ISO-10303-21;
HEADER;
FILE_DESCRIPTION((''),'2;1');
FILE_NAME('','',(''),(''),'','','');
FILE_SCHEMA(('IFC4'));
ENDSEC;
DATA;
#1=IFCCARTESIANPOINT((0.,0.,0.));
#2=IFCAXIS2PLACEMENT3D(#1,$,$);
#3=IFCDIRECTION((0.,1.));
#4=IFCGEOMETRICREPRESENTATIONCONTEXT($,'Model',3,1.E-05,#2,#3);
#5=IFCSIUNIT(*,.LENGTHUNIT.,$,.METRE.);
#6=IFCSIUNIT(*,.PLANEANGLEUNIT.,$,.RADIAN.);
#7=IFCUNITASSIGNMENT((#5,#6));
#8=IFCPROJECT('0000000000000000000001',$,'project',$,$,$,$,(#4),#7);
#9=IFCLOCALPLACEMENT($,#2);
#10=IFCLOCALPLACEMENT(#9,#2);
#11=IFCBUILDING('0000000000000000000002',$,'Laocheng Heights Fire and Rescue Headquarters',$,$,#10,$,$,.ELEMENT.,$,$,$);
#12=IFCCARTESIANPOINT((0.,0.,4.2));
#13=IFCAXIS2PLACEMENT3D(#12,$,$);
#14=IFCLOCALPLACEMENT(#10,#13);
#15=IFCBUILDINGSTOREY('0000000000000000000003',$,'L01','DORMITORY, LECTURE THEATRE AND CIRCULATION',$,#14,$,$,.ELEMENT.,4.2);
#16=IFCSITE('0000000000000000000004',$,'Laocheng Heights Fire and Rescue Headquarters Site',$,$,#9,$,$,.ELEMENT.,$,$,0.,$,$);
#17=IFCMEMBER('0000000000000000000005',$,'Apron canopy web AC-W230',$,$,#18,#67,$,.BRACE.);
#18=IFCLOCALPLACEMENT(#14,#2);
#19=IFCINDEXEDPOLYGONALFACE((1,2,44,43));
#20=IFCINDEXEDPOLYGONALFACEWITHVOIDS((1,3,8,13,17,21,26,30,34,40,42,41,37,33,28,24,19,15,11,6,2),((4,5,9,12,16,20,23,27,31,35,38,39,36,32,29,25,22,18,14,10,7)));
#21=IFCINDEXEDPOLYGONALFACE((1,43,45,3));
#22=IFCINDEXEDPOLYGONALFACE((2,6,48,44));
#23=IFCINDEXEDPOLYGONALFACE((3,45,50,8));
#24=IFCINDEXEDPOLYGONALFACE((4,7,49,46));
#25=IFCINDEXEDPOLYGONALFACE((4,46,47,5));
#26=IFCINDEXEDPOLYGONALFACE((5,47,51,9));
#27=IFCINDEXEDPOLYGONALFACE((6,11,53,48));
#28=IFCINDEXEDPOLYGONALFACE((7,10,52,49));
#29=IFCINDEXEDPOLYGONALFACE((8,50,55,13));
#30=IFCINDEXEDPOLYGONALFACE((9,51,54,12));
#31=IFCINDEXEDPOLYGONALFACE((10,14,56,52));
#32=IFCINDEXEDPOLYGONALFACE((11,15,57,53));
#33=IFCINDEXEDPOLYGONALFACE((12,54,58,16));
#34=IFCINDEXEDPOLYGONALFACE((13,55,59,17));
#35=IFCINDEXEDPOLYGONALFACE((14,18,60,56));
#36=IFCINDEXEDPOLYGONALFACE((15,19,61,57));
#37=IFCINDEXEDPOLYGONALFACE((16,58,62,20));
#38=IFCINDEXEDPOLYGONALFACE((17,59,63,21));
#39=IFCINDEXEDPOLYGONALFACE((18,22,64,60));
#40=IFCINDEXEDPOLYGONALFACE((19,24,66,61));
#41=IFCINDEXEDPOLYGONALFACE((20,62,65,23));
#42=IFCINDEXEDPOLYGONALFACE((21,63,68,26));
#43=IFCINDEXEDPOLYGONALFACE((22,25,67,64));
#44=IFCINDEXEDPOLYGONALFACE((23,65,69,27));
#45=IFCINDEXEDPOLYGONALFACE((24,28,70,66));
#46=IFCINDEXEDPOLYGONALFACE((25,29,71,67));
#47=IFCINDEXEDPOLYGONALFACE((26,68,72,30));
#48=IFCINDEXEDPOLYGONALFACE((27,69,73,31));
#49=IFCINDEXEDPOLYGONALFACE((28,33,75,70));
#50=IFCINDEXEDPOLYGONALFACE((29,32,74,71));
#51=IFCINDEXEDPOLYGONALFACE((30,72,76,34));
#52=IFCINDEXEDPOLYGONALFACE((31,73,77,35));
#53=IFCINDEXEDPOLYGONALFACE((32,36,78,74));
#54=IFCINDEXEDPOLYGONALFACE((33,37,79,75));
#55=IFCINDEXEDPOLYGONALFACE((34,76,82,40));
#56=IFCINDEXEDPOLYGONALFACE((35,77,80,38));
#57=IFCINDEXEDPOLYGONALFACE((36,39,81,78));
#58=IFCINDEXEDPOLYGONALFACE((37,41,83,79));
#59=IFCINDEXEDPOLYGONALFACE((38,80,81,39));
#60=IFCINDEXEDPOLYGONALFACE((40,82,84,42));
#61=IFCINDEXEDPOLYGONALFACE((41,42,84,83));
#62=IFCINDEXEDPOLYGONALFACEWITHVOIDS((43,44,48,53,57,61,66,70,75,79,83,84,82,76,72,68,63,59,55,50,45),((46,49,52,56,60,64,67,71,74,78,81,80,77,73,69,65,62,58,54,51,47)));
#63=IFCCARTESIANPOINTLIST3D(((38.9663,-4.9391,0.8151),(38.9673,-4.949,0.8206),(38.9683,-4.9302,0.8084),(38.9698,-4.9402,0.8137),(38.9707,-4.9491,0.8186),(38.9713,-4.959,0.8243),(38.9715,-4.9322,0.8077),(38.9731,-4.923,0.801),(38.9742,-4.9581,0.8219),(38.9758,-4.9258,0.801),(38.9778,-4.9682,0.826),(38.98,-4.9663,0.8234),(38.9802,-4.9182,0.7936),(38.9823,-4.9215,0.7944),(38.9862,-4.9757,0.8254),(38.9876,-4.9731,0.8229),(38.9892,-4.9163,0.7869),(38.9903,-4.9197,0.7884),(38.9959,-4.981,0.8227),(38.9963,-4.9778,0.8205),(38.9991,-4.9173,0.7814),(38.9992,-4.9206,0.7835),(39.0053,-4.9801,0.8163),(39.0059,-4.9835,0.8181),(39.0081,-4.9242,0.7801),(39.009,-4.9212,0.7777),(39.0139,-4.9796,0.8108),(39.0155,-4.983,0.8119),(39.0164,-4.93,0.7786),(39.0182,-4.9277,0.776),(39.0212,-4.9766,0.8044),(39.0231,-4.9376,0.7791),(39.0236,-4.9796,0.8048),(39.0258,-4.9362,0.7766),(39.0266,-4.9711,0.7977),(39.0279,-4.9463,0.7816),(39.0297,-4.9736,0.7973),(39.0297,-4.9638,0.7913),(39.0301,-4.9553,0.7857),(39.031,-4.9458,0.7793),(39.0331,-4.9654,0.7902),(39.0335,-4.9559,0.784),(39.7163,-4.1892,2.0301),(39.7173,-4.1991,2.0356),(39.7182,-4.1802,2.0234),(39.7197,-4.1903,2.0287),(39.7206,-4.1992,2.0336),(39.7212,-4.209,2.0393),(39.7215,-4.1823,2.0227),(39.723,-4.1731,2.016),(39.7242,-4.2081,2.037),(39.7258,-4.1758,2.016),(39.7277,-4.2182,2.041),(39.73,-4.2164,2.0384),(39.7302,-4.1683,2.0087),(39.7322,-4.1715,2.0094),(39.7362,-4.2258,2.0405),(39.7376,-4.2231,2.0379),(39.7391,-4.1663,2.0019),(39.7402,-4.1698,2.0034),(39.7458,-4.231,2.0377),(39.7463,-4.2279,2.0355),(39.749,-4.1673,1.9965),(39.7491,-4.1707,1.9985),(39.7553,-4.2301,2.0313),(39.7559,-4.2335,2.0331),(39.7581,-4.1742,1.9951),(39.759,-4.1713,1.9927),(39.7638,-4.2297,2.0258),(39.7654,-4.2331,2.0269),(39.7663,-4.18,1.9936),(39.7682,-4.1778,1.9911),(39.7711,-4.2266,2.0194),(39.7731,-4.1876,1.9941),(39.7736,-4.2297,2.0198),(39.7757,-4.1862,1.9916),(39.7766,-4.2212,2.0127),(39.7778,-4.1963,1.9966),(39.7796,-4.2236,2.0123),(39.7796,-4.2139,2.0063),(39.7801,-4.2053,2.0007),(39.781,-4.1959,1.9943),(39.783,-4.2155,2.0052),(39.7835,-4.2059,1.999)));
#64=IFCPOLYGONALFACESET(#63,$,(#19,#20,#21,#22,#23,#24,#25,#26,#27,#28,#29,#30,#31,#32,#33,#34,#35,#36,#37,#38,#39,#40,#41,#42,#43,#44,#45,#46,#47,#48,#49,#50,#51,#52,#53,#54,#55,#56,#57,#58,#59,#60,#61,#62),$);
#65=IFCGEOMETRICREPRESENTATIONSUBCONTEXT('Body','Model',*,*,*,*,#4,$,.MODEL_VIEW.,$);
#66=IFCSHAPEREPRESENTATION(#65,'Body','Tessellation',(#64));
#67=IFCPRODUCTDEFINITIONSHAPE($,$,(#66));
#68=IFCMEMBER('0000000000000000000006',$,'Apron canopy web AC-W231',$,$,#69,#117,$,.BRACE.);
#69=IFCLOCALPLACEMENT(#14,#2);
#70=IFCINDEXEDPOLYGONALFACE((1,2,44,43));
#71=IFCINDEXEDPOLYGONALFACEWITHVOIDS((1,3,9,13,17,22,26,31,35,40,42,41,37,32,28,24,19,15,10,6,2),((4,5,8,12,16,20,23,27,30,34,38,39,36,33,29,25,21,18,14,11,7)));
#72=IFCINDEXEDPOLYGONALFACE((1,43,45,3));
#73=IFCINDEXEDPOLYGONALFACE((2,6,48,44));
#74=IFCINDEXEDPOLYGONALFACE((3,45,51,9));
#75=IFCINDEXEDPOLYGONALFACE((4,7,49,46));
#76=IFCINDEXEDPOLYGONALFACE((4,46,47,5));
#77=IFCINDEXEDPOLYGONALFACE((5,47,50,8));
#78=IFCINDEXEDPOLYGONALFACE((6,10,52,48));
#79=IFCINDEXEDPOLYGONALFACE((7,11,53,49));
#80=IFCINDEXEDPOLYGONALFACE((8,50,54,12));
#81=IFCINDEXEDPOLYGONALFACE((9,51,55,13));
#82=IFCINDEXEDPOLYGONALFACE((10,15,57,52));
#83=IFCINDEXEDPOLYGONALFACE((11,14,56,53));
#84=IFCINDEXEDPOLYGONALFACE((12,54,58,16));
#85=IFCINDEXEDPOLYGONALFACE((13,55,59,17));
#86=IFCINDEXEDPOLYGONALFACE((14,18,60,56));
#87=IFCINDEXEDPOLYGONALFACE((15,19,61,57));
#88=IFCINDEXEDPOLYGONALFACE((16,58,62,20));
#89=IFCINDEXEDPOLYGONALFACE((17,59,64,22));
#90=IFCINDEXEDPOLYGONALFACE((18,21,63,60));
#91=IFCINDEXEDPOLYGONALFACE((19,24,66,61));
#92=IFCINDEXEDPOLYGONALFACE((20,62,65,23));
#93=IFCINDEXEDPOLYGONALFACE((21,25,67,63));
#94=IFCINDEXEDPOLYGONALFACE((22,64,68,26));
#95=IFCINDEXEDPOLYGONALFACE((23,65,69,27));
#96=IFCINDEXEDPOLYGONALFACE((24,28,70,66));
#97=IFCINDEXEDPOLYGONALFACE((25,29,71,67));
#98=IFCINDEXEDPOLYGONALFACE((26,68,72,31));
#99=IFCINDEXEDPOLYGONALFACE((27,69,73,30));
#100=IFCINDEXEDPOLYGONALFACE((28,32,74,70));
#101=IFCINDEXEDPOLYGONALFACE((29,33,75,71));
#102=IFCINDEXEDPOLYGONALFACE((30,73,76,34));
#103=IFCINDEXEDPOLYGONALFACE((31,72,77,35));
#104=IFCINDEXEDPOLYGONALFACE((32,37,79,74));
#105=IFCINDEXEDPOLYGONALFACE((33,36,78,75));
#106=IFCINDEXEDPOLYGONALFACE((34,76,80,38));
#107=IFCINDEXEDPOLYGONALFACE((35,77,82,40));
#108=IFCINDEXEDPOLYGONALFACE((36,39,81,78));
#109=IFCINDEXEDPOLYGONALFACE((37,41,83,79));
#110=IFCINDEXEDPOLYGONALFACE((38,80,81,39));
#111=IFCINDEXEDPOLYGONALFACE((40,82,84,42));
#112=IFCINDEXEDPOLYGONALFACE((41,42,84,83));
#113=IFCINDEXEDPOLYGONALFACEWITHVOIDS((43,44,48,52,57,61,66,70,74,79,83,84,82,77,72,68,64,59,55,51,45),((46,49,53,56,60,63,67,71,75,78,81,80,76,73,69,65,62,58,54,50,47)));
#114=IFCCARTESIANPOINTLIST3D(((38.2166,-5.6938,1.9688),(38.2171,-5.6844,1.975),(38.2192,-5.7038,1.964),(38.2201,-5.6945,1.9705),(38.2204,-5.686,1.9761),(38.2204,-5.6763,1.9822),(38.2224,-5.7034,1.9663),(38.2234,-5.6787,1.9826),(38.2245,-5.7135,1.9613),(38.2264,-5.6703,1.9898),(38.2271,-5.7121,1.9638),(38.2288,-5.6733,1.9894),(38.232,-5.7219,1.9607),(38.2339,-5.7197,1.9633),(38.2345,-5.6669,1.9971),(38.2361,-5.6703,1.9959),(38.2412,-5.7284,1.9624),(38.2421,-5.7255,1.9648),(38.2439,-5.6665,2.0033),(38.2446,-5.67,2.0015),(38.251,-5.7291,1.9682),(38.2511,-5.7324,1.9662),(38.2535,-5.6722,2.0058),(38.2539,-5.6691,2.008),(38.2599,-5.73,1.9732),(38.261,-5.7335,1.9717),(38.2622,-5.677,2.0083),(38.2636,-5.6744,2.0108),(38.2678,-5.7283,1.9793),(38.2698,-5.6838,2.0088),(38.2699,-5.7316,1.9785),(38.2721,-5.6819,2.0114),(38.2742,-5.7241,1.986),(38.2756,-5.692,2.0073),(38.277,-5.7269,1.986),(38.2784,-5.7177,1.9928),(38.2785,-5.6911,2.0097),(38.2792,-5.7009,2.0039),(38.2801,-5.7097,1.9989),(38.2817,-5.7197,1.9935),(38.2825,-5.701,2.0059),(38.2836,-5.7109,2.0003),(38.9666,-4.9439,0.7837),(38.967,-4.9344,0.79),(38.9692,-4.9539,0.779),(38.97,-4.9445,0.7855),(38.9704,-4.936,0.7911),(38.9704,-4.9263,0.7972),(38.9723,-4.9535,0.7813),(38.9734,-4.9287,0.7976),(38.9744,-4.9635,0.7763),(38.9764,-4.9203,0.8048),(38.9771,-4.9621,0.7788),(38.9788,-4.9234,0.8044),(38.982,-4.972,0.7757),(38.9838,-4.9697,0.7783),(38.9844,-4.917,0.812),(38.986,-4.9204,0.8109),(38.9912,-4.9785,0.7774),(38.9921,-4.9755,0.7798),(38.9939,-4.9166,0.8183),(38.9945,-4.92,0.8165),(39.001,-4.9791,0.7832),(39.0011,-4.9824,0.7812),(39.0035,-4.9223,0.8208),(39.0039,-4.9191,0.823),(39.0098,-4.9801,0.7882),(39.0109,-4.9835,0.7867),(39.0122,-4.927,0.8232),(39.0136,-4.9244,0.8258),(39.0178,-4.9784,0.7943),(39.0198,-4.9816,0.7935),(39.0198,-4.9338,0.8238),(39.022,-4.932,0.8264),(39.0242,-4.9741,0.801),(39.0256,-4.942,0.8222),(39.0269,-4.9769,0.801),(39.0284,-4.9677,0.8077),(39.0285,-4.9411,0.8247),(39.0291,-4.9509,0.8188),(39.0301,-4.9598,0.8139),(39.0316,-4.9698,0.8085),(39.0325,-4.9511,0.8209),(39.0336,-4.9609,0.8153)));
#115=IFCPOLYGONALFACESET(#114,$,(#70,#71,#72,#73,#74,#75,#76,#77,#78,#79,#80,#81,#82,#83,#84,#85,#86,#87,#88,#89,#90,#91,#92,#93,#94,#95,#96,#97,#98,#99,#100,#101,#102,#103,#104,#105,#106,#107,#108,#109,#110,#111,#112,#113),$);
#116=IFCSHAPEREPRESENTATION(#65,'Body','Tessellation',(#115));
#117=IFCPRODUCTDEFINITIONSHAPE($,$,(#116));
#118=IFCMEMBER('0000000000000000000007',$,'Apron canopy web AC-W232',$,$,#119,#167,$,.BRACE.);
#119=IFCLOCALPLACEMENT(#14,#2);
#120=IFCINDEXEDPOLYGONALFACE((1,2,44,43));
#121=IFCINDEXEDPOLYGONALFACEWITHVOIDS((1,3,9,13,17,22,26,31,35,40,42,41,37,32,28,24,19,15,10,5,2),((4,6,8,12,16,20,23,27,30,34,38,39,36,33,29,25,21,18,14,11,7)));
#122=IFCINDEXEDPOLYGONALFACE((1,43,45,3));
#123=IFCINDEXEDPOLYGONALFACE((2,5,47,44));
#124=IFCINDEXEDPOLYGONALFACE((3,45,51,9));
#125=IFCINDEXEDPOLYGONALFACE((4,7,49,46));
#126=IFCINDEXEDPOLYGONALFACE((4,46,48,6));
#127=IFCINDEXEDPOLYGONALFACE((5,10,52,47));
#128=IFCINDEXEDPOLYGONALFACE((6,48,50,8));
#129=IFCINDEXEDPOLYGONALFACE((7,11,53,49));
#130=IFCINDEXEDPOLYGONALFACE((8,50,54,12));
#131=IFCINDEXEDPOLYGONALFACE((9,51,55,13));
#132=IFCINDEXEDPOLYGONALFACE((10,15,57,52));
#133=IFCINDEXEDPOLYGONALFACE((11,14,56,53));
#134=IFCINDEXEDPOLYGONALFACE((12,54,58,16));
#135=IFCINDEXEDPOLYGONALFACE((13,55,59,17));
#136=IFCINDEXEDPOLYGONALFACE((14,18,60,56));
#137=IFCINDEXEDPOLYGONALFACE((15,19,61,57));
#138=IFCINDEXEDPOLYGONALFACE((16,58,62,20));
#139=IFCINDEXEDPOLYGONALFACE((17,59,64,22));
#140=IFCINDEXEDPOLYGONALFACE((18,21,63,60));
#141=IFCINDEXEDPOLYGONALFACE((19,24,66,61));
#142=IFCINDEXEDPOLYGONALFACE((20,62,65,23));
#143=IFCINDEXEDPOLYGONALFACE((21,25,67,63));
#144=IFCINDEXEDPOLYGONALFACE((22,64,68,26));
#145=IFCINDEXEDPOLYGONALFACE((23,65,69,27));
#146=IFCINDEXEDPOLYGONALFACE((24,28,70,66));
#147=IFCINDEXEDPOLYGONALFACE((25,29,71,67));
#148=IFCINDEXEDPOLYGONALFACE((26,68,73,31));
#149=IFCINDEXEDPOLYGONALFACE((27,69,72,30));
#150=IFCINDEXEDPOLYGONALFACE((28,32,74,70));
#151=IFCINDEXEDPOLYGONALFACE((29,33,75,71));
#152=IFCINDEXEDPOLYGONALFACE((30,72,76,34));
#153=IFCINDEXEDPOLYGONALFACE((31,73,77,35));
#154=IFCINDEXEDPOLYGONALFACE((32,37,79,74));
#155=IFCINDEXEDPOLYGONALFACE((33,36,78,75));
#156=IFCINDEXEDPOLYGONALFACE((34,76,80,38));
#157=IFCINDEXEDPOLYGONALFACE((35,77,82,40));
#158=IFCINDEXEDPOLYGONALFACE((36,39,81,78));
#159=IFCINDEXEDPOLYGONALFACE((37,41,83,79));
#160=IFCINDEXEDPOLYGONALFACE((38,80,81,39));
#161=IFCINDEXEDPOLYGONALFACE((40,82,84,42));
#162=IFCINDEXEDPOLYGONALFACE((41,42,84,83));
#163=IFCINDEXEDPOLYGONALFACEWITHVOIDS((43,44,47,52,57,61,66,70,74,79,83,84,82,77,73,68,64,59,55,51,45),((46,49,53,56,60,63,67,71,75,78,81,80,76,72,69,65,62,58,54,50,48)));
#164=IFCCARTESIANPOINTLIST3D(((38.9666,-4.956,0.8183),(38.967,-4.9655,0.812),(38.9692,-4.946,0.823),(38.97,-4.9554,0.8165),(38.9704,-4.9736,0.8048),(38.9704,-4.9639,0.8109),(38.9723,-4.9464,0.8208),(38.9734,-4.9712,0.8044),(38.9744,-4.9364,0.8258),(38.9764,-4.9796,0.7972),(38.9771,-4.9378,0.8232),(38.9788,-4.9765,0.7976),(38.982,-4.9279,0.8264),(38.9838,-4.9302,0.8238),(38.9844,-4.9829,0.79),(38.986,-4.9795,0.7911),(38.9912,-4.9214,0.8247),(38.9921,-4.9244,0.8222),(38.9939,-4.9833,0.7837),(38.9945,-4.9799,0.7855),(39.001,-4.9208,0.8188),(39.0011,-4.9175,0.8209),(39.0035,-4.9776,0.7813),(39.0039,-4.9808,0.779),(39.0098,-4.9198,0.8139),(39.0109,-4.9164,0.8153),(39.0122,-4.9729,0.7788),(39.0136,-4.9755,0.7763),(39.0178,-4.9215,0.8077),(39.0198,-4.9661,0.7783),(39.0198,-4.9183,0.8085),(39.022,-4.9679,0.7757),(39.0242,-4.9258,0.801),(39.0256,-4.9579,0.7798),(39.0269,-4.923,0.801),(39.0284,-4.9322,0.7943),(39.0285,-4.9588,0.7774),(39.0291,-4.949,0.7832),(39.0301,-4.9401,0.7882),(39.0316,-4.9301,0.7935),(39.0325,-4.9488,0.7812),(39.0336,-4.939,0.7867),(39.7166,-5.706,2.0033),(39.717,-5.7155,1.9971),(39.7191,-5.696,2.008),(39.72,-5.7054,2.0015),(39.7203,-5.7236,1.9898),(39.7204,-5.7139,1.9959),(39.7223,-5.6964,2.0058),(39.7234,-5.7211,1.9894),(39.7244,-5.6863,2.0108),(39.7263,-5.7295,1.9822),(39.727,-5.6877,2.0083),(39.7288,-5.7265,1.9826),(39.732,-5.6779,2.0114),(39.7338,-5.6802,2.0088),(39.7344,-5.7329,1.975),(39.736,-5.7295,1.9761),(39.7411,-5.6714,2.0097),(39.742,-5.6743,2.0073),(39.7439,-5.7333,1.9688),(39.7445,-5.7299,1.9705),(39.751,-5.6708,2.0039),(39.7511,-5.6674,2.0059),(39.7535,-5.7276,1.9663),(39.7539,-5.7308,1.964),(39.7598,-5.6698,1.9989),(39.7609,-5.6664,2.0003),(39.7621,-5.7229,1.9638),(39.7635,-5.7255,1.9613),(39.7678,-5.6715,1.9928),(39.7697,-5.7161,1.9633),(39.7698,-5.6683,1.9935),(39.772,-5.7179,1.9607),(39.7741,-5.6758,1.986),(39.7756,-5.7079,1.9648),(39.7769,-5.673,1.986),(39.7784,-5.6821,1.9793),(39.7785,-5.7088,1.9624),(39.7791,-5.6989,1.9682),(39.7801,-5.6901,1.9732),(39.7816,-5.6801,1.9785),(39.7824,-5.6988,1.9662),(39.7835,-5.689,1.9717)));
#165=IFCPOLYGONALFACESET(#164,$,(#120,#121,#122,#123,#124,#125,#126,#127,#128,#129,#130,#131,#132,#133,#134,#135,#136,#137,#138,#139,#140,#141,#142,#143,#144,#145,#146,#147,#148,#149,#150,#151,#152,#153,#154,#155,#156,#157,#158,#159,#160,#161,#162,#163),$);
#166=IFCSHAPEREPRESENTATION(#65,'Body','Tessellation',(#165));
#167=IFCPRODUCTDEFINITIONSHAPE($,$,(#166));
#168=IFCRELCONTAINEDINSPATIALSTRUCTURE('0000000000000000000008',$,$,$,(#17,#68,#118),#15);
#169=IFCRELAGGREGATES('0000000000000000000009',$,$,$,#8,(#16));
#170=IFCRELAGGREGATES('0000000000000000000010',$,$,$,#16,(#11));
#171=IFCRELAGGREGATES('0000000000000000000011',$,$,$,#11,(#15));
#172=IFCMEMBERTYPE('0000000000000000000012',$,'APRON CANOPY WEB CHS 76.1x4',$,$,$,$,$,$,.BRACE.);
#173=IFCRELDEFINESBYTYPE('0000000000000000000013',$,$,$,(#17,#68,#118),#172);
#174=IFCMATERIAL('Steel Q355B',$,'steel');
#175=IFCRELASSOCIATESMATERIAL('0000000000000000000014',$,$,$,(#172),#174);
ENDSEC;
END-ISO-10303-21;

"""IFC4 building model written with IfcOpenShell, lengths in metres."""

from ifc_helpers import new_model, si_unit, direction, frame, origin, origin_2d, place, context, subcontext, project, spatial, hollow_circle, extrude, material, material_profile, profile_set, type_object, element, save


model = new_model("IFC4")

# Units and contexts
model_context = context("Model", 3, precision=1e-05, world=origin(), true_north=direction((0.0, 1.0)))
body_context = subcontext(model_context, "Body", "Model", "MODEL_VIEW")
ifc_project = project(units=[si_unit("LENGTHUNIT", "METRE"), si_unit("PLANEANGLEUNIT", "RADIAN")], contexts=[model_context])

# Site, building, storey
site_placement = place(None, origin())
site = spatial("IfcSite", under=ifc_project, at=site_placement, Name="Laocheng Heights Fire and Rescue Headquarters Site", CompositionType="ELEMENT", RefElevation=0.0)
building_placement = place(site_placement, origin())
building = spatial("IfcBuilding", under=site, at=building_placement, Name="Laocheng Heights Fire and Rescue Headquarters", CompositionType="ELEMENT")
storey_placement = place(building_placement, frame((0.0, 0.0, 4.2)))
storey = spatial("IfcBuildingStorey", under=building, at=storey_placement, Name="L01", Description="DORMITORY, LECTURE THEATRE AND CIRCULATION", CompositionType="ELEMENT", Elevation=4.2)

# Members
ifc_material_1 = material(Name="Steel Q355B", Category="steel")
ifc_material_profile_1 = material_profile(ifc_material_1, hollow_circle(Radius=0.0381, WallThickness=0.0039, at=origin_2d()), Name="CHS 76.1x4")
ifc_profile_set_1 = profile_set([ifc_material_profile_1], Name="Steel Q355B")
member_type_1 = type_object("IfcMemberType", Name="APRON CANOPY WEB CHS 76.1x4", PredefinedType="BRACE", material=ifc_profile_set_1)
for number, where, z_axis, x_axis, name in (
    (1, (39.0, -4.95, 0.801), (0.465002, 0.465002, 0.753357), (-0.707107, 0.707107, 0.0), "Apron canopy web AC-W230"),
):
    element("IfcMember", number, at=place(storey_placement, frame(where, z_axis=z_axis, x_axis=x_axis)), inside=storey, type_object=member_type_1, Name=name, PredefinedType="BRACE", context=body_context, shape_type="SweptSolid", body=[
        extrude(hollow_circle(Radius=0.0381, WallThickness=0.0039, at=origin_2d()), origin(), (0.0, 0.0, 1.0), 1.6128),
    ])
for number, where, z_axis, x_axis, name in (
    (2, (39.0, -4.95, 0.801), (-0.47158, -0.47158, 0.745134), (0.707107, -0.707107, 0.0), "Apron canopy web AC-W231"),
    (3, (39.0, -4.95, 0.801), (0.47158, -0.47158, 0.745134), (0.707107, 0.707107, 0.0), "Apron canopy web AC-W232"),
):
    element("IfcMember", number, at=place(storey_placement, frame(where, z_axis=z_axis, x_axis=x_axis)), inside=storey, type_object=member_type_1, Name=name, PredefinedType="BRACE", context=body_context, shape_type="SweptSolid", body=[
        extrude(hollow_circle(Radius=0.0381, WallThickness=0.0039, at=origin_2d()), origin(), (0.0, 0.0, 1.0), 1.5903),
    ])

save(model, "model.ifc")
